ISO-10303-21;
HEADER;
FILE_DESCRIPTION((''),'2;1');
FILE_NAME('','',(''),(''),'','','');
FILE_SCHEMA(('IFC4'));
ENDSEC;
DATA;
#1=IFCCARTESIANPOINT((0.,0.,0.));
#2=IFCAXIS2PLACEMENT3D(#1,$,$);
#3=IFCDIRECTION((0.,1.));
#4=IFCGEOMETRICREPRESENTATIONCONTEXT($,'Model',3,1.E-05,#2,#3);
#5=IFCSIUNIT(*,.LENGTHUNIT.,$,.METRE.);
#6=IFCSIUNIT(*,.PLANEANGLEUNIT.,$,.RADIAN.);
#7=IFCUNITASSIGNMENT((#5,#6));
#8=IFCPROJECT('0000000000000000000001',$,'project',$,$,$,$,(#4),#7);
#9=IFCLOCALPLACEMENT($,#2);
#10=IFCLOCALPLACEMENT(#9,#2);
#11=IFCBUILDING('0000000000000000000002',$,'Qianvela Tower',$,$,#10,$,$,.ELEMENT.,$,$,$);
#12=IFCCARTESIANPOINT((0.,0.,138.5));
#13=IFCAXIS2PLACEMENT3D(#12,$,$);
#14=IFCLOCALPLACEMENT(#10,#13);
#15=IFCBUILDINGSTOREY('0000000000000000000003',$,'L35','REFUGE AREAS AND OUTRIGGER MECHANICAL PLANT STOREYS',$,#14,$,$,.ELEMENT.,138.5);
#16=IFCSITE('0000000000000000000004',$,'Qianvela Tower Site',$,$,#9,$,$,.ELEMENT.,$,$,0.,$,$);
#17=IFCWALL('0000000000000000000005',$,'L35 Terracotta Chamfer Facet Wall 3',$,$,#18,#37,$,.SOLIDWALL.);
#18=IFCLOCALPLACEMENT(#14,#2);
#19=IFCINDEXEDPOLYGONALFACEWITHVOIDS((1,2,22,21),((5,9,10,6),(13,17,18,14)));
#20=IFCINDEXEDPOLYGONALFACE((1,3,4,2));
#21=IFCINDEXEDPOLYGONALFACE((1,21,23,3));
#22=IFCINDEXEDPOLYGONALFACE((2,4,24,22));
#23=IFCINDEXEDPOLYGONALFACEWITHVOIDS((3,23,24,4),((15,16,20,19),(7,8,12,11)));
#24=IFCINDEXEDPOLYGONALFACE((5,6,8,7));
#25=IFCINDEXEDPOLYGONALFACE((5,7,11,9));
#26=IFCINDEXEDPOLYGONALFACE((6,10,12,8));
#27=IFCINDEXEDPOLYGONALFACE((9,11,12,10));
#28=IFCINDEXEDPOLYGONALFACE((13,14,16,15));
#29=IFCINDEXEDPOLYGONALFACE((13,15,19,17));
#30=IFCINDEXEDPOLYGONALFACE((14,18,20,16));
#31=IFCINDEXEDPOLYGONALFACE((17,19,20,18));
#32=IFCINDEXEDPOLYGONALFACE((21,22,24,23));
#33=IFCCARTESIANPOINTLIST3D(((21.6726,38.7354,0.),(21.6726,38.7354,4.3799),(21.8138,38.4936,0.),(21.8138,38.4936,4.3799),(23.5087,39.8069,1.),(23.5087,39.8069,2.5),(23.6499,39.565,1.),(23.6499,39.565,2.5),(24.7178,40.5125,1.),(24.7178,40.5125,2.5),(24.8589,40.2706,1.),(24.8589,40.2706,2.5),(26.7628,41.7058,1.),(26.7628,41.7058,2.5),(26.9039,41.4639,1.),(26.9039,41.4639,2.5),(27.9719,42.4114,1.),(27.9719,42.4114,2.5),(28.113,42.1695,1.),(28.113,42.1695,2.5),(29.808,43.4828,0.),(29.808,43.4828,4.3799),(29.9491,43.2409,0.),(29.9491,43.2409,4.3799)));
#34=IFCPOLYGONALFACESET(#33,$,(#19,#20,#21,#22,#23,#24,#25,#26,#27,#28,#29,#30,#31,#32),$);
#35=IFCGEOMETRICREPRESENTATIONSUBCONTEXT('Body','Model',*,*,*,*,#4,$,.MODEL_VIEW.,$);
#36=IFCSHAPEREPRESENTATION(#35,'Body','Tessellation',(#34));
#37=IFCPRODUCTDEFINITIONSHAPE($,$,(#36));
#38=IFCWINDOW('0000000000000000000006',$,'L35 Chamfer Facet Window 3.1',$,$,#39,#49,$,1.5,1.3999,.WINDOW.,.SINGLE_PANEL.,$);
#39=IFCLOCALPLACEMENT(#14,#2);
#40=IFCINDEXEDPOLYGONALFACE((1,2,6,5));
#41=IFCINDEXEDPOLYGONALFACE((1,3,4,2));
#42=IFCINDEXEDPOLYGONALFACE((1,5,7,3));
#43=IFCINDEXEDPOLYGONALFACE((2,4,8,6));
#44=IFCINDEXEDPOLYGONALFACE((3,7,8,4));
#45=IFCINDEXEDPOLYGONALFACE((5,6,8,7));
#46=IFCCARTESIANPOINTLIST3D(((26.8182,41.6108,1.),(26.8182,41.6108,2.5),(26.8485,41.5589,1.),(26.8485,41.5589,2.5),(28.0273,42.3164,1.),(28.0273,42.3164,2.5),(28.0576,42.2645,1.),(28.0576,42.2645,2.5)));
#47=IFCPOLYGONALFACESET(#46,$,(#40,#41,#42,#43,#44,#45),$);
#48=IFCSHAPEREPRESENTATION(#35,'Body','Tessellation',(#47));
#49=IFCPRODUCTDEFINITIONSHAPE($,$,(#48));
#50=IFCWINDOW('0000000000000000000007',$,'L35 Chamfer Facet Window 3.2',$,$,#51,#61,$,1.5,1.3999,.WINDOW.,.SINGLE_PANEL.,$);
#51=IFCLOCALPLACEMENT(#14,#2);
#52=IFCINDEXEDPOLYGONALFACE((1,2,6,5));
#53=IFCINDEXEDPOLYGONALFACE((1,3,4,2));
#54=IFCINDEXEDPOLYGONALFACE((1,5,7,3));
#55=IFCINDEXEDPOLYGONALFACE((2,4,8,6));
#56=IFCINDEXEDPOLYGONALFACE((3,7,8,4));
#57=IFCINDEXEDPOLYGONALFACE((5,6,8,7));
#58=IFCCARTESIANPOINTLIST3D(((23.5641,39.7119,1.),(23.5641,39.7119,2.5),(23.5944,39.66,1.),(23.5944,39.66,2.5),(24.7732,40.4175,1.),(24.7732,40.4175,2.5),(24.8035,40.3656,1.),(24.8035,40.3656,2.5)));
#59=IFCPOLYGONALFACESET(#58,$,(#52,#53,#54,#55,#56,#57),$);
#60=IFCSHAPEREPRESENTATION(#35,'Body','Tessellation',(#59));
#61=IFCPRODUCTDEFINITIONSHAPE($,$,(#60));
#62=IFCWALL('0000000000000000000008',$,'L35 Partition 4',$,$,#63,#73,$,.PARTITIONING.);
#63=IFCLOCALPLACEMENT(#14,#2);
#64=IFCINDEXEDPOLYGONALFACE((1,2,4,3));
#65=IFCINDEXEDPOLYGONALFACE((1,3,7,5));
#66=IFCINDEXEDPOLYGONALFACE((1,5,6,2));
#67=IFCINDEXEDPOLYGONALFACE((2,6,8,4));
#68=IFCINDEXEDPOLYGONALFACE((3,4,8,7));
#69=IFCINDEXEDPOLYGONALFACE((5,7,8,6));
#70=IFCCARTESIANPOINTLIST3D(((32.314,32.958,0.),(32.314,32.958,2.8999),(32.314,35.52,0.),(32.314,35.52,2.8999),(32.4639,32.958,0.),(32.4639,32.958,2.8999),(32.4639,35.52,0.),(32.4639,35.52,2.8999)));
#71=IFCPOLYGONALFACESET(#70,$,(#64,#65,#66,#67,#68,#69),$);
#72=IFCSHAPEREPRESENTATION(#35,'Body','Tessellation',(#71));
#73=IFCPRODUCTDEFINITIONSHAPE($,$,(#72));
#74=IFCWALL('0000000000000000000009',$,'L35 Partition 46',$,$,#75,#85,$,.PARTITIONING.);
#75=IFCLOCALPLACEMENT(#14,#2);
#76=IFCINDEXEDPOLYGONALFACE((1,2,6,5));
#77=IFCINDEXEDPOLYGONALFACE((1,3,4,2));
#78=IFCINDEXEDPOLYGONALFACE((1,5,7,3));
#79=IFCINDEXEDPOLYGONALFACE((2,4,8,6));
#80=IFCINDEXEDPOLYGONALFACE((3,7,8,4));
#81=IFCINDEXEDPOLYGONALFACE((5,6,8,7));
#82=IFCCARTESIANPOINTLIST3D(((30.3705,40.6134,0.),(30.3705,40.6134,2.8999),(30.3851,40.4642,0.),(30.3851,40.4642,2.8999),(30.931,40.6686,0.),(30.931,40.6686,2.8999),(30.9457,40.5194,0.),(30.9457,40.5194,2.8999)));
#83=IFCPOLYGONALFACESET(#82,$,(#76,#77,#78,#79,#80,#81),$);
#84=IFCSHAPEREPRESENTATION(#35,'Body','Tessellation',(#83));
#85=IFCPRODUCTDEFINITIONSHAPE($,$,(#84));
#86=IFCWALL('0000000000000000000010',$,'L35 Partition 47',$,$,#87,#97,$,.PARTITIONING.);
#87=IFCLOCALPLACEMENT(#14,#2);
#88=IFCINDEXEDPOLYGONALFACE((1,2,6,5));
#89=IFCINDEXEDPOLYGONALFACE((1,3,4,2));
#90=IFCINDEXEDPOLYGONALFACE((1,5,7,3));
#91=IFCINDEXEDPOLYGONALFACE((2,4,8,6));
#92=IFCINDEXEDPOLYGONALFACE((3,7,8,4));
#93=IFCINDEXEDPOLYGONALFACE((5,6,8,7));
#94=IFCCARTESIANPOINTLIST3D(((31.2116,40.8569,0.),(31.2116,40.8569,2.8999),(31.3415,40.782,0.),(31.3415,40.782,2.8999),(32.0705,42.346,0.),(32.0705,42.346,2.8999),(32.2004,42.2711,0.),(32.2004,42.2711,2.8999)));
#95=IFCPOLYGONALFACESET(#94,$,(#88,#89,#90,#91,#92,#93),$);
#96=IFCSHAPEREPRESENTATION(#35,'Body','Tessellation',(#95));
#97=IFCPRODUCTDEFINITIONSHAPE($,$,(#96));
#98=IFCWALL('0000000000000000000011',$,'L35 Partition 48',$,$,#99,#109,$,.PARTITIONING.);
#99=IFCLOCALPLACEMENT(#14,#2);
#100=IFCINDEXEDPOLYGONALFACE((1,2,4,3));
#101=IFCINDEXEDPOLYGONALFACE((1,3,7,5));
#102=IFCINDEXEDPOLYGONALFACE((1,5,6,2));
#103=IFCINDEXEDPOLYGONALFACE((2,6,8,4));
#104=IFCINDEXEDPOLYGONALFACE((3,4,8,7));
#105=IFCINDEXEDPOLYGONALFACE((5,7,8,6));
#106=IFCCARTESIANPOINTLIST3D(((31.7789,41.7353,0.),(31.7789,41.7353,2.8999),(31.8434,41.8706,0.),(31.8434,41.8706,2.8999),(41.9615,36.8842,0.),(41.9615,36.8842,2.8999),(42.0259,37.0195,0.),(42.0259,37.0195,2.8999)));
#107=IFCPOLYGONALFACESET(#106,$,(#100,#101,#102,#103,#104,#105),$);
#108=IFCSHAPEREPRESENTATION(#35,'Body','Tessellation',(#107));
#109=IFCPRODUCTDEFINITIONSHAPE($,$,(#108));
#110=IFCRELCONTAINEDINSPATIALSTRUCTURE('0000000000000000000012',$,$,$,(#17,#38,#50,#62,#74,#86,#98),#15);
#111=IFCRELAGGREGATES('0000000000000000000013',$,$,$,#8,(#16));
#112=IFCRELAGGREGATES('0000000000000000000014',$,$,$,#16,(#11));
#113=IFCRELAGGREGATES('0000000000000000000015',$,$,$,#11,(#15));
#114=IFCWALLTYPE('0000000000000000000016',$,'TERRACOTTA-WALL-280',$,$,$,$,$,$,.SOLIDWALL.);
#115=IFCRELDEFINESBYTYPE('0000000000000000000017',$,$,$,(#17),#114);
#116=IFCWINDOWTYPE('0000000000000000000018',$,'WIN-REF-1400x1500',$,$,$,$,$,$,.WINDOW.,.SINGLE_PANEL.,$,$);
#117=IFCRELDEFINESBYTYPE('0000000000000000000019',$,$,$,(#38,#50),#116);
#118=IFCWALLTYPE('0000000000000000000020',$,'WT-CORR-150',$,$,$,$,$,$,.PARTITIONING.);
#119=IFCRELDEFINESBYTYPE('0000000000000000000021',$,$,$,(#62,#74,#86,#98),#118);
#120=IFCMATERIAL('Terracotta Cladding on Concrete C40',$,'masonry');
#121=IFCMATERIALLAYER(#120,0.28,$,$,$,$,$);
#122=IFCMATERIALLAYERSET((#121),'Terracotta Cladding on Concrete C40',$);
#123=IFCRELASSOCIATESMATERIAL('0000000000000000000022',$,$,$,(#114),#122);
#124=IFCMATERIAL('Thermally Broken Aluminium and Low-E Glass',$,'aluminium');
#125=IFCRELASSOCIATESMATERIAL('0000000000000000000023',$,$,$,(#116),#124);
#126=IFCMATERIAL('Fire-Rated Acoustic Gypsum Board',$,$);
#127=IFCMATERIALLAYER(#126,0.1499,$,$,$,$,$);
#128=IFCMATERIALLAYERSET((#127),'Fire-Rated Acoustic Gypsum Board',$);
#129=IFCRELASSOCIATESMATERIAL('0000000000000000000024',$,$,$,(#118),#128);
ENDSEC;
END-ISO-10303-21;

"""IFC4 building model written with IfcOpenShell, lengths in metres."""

from ifc_helpers import new_model, si_unit, direction, frame, frame_2d, origin, place, context, subcontext, project, spatial, rectangle, extrude, material, layer, layer_set, type_object, element, fill, save


model = new_model("IFC4")

# Units and contexts
model_context = context("Model", 3, precision=1e-05, world=origin(), true_north=direction((0.0, 1.0)))
body_context = subcontext(model_context, "Body", "Model", "MODEL_VIEW")
ifc_project = project(units=[si_unit("LENGTHUNIT", "METRE"), si_unit("PLANEANGLEUNIT", "RADIAN")], contexts=[model_context])

# Site, building, storey
site_placement = place(None, origin())
site = spatial("IfcSite", under=ifc_project, at=site_placement, Name="Qianvela Tower Site", CompositionType="ELEMENT", RefElevation=0.0)
building_placement = place(site_placement, origin())
building = spatial("IfcBuilding", under=site, at=building_placement, Name="Qianvela Tower", CompositionType="ELEMENT")
storey_placement = place(building_placement, frame((0.0, 0.0, 138.5)))
storey = spatial("IfcBuildingStorey", under=building, at=storey_placement, Name="L35", Description="REFUGE AREAS AND OUTRIGGER MECHANICAL PLANT STOREYS", CompositionType="ELEMENT", Elevation=138.5)

# Wall, openings, windows
ifc_material_1 = material(Name="Terracotta Cladding on Concrete C40", Category="masonry")
ifc_layer_1 = layer(ifc_material_1, 0.28)
ifc_layer_set_1 = layer_set([ifc_layer_1], Name="Terracotta Cladding on Concrete C40")
wall_type_1 = type_object("IfcWallType", Name="TERRACOTTA-WALL-280", PredefinedType="SOLIDWALL", material=ifc_layer_set_1)
wall_1_placement = place(storey_placement, frame((29.8784, 43.3618, 0.0), z_axis=(0.0, 0.0, 1.0), x_axis=(-0.863698, -0.50401, 0.0)))
wall_1 = element("IfcWall", 1, at=wall_1_placement, inside=storey, type_object=wall_type_1, Name="L35 Terracotta Chamfer Facet Wall 3", PredefinedType="SOLIDWALL", context=body_context, shape_type="SweptSolid", body=[
    extrude(rectangle(XDim=9.4192, YDim=0.28, at=frame_2d((4.7095, 0.0))), origin(), (0.0, 0.0, 1.0), 4.3799),
])
opening_1_placement = place(wall_1_placement, frame((2.1257, 0.0, 1.0)))
opening_1 = element("IfcOpeningElement", 2, at=opening_1_placement, cuts=wall_1, PredefinedType="OPENING", context=body_context, shape_type="SweptSolid", body=[
    extrude(rectangle(XDim=1.3999, YDim=1.5, at=frame_2d((0.7, 0.75))), frame((0.0, 0.1499, 0.0), z_axis=(0.0, -1.0, 0.0), x_axis=(1.0, 0.0, 0.0)), (0.0, 0.0, 1.0), 0.3),
])
opening_2_placement = place(wall_1_placement, frame((5.8933, 0.0, 1.0)))
opening_2 = element("IfcOpeningElement", 3, at=opening_2_placement, cuts=wall_1, PredefinedType="OPENING", context=body_context, shape_type="SweptSolid", body=[
    extrude(rectangle(XDim=1.3999, YDim=1.5, at=frame_2d((0.7, 0.75))), frame((0.0, 0.1499, 0.0), z_axis=(0.0, -1.0, 0.0), x_axis=(1.0, 0.0, 0.0)), (0.0, 0.0, 1.0), 0.3),
])
ifc_material_2 = material(Name="Thermally Broken Aluminium and Low-E Glass", Category="aluminium")
window_type = type_object("IfcWindowType", Name="WIN-REF-1400x1500", PartitioningType="SINGLE_PANEL", PredefinedType="WINDOW", material=ifc_material_2)
window_1_placement = place(opening_1_placement, origin())
window_1 = element("IfcWindow", 4, at=window_1_placement, inside=storey, type_object=window_type, Name="L35 Chamfer Facet Window 3.1", OverallHeight=1.5, OverallWidth=1.3999, PartitioningType="SINGLE_PANEL", PredefinedType="WINDOW", context=body_context, shape_type="SweptSolid", body=[
    extrude(rectangle(XDim=1.3999, YDim=1.5, at=frame_2d((0.7, 0.75))), frame((0.0, 0.03, 0.0), z_axis=(0.0, -1.0, 0.0), x_axis=(1.0, 0.0, 0.0)), (0.0, 0.0, 1.0), 0.0601),
])
fill(opening_1, window_1)
window_2_placement = place(opening_2_placement, origin())
window_2 = element("IfcWindow", 5, at=window_2_placement, inside=storey, type_object=window_type, Name="L35 Chamfer Facet Window 3.2", OverallHeight=1.5, OverallWidth=1.3999, PartitioningType="SINGLE_PANEL", PredefinedType="WINDOW", context=body_context, shape_type="SweptSolid", body=[
    extrude(rectangle(XDim=1.3999, YDim=1.5, at=frame_2d((0.7, 0.75))), frame((0.0, 0.03, 0.0), z_axis=(0.0, -1.0, 0.0), x_axis=(1.0, 0.0, 0.0)), (0.0, 0.0, 1.0), 0.0601),
])
fill(opening_2, window_2)

# Walls
ifc_material_3 = material(Name="Fire-Rated Acoustic Gypsum Board")
ifc_layer_2 = layer(ifc_material_3, 0.1499)
ifc_layer_set_2 = layer_set([ifc_layer_2], Name="Fire-Rated Acoustic Gypsum Board")
wall_type_2 = type_object("IfcWallType", Name="WT-CORR-150", PredefinedType="PARTITIONING", material=ifc_layer_set_2)
wall_2_placement = place(storey_placement, frame((32.3889, 35.52, 0.0), z_axis=(0.0, 0.0, 1.0), x_axis=(0.0, -1.0, 0.0)))
element("IfcWall", 6, at=wall_2_placement, inside=storey, type_object=wall_type_2, Name="L35 Partition 4", PredefinedType="PARTITIONING", context=body_context, shape_type="SweptSolid", body=[
    extrude(rectangle(XDim=2.562, YDim=0.1499, at=frame_2d((1.281, 0.0))), origin(), (0.0, 0.0, 1.0), 2.8999),
])
wall_3_placement = place(storey_placement, frame((30.3777, 40.5388, 0.0), z_axis=(0.0, 0.0, 1.0), x_axis=(0.99519, 0.097959, 0.0)))
element("IfcWall", 7, at=wall_3_placement, inside=storey, type_object=wall_type_2, Name="L35 Partition 46", PredefinedType="PARTITIONING", context=body_context, shape_type="SweptSolid", body=[
    extrude(rectangle(XDim=0.5632, YDim=0.1499, at=frame_2d((0.2817, 0.0))), origin(), (0.0, 0.0, 1.0), 2.8999),
])
wall_4_placement = place(storey_placement, frame((31.2766, 40.8196, 0.0), z_axis=(0.0, 0.0, 1.0), x_axis=(0.499653, 0.866226, 0.0)))
element("IfcWall", 8, at=wall_4_placement, inside=storey, type_object=wall_type_2, Name="L35 Partition 47", PredefinedType="PARTITIONING", context=body_context, shape_type="SweptSolid", body=[
    extrude(rectangle(XDim=1.719, YDim=0.1499, at=frame_2d((0.8594, 0.0))), origin(), (0.0, 0.0, 1.0), 2.8999),
])
wall_5_placement = place(storey_placement, frame((31.811, 41.803, 0.0), z_axis=(0.0, 0.0, 1.0), x_axis=(0.902784, -0.430093, 0.0)))
element("IfcWall", 9, at=wall_5_placement, inside=storey, type_object=wall_type_2, Name="L35 Partition 48", PredefinedType="PARTITIONING", context=body_context, shape_type="SweptSolid", body=[
    extrude(rectangle(XDim=11.2791, YDim=0.1499, at=frame_2d((5.6396, 0.0))), origin(), (0.0, 0.0, 1.0), 2.8999),
])

save(model, "model.ifc")
